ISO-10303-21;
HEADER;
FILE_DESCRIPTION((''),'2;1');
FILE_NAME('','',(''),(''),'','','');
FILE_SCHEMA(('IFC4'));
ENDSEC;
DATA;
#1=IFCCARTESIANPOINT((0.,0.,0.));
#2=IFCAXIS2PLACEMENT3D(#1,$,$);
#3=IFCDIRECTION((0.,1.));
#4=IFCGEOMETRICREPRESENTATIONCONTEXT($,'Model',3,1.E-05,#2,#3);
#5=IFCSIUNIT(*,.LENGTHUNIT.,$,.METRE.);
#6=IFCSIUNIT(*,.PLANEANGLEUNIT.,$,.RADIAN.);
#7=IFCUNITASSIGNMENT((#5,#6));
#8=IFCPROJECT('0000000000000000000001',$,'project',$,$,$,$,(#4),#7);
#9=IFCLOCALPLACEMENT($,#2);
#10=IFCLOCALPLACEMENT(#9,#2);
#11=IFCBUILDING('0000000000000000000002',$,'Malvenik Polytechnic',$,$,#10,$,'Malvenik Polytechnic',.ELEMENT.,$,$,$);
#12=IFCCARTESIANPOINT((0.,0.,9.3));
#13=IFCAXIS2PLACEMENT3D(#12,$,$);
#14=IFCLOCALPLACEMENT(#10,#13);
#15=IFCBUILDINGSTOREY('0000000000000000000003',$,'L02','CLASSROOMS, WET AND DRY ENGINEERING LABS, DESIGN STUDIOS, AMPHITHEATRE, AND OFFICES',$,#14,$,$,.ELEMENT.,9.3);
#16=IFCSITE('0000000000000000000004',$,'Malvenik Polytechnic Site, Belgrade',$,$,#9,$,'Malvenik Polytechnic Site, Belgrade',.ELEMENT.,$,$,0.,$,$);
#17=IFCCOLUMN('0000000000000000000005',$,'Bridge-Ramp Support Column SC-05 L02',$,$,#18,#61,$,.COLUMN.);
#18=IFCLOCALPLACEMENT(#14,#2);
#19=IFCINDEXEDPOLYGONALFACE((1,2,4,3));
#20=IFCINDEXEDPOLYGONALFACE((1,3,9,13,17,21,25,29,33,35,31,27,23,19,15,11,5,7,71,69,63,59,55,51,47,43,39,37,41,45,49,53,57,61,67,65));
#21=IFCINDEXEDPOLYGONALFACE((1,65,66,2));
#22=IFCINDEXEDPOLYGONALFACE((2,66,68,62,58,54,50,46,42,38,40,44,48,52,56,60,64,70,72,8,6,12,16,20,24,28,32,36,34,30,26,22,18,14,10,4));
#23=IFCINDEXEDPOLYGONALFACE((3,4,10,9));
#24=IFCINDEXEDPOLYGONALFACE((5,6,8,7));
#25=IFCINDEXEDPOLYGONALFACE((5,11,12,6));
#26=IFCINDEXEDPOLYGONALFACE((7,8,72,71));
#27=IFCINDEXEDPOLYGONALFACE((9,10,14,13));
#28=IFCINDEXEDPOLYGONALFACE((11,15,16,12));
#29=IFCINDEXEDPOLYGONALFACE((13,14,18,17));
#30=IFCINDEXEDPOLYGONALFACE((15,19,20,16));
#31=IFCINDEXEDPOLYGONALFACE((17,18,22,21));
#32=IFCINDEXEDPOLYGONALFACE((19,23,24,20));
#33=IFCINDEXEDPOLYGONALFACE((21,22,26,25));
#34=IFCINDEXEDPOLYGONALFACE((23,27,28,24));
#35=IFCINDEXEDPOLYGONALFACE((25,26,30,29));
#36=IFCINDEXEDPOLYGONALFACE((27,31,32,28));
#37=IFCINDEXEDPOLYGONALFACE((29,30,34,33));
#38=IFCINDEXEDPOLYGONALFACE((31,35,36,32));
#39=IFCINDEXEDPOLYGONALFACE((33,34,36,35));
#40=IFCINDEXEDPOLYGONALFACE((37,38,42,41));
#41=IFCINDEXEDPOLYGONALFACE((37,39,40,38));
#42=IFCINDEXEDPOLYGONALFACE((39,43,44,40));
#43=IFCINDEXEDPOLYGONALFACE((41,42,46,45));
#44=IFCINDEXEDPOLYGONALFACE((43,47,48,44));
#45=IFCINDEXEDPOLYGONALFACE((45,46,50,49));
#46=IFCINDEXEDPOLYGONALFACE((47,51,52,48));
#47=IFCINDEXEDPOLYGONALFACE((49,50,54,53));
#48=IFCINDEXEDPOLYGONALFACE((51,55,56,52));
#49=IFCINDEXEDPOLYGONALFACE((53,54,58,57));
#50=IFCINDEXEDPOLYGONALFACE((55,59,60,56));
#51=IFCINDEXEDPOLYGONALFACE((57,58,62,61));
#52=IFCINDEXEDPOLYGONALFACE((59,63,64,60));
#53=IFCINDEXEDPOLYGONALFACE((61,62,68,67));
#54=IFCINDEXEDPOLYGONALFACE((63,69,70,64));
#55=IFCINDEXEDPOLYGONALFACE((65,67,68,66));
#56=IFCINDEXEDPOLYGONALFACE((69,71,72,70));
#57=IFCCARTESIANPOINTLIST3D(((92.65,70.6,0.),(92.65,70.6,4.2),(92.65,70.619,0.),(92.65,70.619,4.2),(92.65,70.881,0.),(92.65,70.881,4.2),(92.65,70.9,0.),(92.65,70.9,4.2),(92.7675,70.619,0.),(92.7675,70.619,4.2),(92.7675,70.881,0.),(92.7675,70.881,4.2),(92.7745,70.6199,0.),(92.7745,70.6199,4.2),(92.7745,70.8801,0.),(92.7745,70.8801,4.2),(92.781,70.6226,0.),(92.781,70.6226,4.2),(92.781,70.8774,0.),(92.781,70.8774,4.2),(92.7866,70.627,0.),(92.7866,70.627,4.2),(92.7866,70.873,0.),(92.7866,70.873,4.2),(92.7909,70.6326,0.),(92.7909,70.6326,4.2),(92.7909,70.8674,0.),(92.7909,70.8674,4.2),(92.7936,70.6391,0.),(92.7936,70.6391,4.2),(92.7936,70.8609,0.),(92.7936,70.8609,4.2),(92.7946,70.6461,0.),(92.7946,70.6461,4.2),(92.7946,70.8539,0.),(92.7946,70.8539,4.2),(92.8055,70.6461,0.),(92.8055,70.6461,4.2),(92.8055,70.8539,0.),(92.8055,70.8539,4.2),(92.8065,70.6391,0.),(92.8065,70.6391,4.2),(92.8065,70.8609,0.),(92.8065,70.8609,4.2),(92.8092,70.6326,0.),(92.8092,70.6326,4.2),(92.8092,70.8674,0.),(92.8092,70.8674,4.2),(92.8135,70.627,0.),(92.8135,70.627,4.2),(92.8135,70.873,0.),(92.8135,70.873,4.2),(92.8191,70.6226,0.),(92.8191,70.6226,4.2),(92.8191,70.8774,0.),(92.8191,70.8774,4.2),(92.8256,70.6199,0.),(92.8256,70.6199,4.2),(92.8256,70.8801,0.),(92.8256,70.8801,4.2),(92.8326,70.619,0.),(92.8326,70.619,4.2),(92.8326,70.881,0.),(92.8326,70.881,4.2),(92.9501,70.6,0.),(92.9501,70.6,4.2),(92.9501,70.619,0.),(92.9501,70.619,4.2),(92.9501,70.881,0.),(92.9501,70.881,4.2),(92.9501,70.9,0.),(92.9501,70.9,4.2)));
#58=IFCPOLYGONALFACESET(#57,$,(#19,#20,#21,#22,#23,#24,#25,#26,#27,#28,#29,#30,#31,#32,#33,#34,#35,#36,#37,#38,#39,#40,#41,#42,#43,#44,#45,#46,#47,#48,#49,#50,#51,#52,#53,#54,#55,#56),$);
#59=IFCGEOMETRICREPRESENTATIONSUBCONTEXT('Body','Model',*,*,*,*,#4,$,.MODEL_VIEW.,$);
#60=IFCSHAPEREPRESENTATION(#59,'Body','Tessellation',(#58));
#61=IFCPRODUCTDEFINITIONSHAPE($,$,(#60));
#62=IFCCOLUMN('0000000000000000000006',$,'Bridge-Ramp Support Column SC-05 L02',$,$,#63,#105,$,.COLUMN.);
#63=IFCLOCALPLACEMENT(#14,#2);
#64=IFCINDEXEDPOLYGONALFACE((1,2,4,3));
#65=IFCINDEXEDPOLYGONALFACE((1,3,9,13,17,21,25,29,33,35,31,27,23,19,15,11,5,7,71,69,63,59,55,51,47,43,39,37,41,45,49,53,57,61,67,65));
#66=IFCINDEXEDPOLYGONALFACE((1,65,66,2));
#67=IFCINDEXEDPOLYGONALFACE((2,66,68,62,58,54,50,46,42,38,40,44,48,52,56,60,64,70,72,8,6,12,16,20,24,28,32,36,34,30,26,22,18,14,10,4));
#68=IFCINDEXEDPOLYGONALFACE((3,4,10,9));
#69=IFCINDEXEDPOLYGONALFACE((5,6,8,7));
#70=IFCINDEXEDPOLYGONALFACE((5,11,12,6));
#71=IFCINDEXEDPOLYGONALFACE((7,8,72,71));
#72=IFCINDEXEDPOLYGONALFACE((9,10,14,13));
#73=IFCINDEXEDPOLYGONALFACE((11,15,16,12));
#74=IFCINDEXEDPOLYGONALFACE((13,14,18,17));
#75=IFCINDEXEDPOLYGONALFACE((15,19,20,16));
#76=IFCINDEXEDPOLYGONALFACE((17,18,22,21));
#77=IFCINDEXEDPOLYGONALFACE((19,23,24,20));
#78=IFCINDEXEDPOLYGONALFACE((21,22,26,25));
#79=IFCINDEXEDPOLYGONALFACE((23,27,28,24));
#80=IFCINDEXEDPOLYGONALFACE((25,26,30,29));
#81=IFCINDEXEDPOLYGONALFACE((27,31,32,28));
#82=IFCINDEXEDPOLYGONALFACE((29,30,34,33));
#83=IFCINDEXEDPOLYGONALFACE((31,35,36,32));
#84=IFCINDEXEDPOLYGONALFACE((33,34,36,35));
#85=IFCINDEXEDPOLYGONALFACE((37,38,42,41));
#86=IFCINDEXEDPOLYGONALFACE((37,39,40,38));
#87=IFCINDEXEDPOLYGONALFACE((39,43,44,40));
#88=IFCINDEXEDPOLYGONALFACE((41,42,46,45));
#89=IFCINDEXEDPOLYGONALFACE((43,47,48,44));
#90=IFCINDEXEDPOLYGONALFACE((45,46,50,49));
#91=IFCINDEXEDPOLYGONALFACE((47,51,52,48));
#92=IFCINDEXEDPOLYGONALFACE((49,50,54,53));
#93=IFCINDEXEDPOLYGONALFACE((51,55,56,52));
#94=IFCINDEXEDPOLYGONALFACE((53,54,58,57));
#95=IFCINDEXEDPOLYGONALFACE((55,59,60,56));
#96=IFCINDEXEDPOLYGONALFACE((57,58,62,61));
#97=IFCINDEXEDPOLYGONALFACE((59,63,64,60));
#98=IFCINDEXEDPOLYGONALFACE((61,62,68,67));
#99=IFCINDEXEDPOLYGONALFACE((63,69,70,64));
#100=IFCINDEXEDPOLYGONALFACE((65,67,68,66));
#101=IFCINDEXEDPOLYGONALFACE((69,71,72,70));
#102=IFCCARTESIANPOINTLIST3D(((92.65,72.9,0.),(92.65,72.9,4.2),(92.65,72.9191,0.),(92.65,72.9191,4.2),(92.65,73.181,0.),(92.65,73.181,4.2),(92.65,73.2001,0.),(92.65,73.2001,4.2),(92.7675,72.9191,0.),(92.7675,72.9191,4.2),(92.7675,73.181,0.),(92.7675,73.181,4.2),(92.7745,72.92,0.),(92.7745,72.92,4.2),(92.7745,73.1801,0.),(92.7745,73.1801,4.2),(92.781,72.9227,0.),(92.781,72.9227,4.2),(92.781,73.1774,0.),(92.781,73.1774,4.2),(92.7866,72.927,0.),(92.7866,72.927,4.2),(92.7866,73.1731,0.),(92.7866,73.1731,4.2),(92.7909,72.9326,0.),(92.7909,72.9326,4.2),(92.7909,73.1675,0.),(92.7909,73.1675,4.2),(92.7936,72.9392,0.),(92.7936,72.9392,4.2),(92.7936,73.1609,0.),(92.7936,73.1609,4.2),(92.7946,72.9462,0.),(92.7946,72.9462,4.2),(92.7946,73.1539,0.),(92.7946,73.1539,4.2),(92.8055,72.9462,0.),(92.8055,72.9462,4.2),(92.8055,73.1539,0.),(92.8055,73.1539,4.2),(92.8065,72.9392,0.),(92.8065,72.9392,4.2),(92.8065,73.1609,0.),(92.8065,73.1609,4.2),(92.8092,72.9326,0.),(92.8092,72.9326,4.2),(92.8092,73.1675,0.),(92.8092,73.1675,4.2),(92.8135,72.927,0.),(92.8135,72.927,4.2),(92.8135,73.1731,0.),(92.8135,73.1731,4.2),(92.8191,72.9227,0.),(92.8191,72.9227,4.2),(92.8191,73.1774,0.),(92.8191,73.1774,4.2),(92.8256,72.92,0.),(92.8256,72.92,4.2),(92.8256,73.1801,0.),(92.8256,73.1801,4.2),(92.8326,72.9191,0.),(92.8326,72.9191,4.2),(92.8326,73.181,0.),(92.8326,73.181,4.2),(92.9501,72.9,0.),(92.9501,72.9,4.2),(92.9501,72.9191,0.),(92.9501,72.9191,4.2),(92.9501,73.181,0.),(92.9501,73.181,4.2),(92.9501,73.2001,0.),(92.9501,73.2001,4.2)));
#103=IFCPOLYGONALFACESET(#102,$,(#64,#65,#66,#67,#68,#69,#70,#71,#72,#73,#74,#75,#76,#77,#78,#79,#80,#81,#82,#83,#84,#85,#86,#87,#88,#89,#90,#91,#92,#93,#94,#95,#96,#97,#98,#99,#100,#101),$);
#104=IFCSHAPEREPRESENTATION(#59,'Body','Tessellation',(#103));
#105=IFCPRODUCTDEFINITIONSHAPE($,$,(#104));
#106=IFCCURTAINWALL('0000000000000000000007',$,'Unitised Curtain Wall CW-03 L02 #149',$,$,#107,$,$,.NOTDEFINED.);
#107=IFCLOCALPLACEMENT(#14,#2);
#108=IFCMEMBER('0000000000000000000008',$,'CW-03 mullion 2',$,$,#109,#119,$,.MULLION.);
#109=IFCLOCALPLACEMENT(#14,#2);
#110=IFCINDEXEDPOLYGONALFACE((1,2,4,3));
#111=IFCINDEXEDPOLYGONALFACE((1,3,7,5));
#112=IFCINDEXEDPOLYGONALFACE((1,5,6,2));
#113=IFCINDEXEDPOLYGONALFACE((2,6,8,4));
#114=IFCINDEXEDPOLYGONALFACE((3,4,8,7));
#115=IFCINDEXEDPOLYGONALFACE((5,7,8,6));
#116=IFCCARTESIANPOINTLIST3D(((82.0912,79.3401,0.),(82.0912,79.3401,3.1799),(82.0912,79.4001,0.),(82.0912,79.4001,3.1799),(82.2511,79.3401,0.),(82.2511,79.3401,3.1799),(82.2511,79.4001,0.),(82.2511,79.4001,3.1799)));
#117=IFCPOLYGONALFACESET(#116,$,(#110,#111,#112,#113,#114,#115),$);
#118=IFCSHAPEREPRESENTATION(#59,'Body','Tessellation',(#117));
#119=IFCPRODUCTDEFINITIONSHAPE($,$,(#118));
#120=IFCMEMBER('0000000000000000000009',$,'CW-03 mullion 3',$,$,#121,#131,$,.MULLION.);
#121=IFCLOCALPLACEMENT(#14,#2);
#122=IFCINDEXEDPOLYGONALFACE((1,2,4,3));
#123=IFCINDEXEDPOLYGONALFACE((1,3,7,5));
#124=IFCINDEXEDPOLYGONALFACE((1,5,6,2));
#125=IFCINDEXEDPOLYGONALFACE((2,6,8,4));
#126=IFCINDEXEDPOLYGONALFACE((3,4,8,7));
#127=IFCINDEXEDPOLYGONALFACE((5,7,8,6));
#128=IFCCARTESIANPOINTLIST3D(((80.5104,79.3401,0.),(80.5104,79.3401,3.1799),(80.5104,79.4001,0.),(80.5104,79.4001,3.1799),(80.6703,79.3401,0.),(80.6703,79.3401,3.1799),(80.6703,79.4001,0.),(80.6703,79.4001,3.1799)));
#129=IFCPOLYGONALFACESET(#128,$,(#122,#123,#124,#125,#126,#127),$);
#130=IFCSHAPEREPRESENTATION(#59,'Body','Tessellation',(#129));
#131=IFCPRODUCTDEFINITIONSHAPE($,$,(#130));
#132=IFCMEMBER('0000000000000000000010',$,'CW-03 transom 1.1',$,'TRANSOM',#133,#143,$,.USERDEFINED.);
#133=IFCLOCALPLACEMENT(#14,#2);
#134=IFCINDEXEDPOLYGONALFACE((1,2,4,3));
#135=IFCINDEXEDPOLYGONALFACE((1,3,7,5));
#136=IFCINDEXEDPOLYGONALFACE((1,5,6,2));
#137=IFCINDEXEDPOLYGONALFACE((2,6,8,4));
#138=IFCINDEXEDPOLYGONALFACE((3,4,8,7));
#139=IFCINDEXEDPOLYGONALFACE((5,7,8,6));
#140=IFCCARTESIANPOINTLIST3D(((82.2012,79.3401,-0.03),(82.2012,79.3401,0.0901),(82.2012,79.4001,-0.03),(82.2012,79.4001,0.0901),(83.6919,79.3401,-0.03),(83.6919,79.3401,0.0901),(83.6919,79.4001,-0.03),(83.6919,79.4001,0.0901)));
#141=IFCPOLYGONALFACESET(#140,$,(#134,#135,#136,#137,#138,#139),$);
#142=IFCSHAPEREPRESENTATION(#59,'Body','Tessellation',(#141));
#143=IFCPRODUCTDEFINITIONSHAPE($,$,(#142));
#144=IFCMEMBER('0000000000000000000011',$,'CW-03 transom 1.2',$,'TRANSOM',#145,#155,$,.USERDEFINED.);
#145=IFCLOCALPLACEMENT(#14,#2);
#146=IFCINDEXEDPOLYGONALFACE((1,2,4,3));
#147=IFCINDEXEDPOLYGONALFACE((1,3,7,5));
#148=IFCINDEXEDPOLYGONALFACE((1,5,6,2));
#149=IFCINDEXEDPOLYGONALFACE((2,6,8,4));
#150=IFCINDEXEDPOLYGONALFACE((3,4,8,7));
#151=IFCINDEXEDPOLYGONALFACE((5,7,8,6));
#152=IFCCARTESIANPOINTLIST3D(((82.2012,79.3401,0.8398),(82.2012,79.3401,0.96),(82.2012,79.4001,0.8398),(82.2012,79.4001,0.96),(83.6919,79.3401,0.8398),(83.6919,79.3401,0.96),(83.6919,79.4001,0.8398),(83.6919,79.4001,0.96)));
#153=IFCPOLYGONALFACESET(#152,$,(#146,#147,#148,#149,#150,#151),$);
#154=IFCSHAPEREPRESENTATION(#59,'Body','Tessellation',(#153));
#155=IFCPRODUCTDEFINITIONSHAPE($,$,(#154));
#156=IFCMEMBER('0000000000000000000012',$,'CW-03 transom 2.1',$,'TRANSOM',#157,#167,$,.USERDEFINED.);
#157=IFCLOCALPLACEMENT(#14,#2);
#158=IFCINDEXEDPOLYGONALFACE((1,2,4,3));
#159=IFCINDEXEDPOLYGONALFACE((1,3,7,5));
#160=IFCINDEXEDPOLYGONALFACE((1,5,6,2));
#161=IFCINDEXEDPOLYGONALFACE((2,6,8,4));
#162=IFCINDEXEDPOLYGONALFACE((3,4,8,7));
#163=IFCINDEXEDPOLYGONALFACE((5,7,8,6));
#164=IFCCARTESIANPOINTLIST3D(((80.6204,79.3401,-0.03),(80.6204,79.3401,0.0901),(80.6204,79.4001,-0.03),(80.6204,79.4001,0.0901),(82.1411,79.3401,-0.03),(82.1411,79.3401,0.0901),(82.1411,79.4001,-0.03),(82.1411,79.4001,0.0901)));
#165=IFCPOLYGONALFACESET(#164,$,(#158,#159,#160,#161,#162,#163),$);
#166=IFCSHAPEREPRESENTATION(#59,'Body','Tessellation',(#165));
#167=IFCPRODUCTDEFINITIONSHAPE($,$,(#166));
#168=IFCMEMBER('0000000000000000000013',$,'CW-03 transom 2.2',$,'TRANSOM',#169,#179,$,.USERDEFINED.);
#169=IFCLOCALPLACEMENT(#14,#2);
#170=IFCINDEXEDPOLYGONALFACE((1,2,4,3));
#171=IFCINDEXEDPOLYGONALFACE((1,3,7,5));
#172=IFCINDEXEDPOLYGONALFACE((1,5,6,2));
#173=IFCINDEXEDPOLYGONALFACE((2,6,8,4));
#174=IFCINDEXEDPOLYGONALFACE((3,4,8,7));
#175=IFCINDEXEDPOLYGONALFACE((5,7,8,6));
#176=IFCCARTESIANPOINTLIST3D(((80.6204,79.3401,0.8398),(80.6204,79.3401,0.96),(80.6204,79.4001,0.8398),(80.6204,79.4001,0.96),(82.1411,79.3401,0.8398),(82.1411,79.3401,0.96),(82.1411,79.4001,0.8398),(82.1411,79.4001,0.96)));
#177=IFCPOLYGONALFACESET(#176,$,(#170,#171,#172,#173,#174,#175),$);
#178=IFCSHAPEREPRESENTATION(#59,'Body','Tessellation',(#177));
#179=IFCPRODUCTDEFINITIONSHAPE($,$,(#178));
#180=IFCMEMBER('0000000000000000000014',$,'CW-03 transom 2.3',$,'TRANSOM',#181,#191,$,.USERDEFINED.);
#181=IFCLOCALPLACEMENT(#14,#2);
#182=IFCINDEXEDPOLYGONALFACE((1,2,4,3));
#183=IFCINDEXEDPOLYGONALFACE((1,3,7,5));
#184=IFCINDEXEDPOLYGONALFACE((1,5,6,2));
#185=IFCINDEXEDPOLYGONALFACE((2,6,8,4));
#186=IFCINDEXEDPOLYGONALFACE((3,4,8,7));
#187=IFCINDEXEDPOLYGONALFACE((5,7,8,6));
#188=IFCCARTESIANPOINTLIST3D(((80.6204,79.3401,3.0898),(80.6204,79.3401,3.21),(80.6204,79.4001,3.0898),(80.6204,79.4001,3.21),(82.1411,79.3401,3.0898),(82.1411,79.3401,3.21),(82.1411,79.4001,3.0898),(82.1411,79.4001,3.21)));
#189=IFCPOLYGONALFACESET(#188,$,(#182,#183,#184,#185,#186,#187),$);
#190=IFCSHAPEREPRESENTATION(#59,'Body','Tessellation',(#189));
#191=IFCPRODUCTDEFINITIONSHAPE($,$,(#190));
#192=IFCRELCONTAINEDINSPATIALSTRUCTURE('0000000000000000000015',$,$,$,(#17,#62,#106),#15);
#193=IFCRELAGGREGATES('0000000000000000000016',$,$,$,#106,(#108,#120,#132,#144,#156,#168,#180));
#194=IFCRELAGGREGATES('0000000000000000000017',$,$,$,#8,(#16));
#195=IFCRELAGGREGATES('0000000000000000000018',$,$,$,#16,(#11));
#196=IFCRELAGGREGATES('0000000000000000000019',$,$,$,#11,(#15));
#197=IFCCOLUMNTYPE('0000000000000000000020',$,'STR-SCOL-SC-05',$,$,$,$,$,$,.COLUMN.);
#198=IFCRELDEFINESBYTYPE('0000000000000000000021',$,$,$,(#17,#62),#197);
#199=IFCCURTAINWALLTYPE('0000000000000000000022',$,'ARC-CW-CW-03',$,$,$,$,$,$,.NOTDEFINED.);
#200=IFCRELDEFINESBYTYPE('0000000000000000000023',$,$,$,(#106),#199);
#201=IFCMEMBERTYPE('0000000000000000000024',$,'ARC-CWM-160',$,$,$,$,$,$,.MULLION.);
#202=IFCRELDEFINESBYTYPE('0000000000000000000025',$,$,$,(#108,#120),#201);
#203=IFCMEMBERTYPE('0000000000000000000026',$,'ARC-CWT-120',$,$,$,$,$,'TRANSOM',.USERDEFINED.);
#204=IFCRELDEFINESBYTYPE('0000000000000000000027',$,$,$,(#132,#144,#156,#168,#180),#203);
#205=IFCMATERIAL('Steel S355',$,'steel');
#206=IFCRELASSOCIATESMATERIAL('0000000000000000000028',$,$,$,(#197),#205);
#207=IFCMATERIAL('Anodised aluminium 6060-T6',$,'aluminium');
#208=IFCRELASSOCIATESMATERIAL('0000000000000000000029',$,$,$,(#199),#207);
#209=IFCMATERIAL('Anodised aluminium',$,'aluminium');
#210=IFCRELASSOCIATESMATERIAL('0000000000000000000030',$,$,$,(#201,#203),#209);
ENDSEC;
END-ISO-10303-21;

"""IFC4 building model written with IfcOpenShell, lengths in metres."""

from ifc_helpers import new_model, si_unit, direction, frame, origin, origin_2d, place, context, subcontext, project, spatial, rectangle, i_section, extrude, material, material_profile, profile_set, type_object, element, aggregate, save


model = new_model("IFC4")

# Units and contexts
model_context = context("Model", 3, precision=1e-05, world=origin(), true_north=direction((0.0, 1.0)))
body_context = subcontext(model_context, "Body", "Model", "MODEL_VIEW")
ifc_project = project(units=[si_unit("LENGTHUNIT", "METRE"), si_unit("PLANEANGLEUNIT", "RADIAN")], contexts=[model_context])

# Site, building, storey
site_placement = place(None, origin())
site = spatial("IfcSite", under=ifc_project, at=site_placement, Name="Malvenik Polytechnic Site, Belgrade", LongName="Malvenik Polytechnic Site, Belgrade", CompositionType="ELEMENT", RefElevation=0.0)
building_placement = place(site_placement, origin())
building = spatial("IfcBuilding", under=site, at=building_placement, Name="Malvenik Polytechnic", LongName="Malvenik Polytechnic", CompositionType="ELEMENT")
storey_placement = place(building_placement, frame((0.0, 0.0, 9.3)))
storey = spatial("IfcBuildingStorey", under=building, at=storey_placement, Name="L02", Description="CLASSROOMS, WET AND DRY ENGINEERING LABS, DESIGN STUDIOS, AMPHITHEATRE, AND OFFICES", CompositionType="ELEMENT", Elevation=9.3)

# Columns
ifc_material_1 = material(Name="Steel S355", Category="steel")
ifc_material_profile_1 = material_profile(ifc_material_1, i_section(OverallWidth=0.3, OverallDepth=0.3, WebThickness=0.011, FlangeThickness=0.019, FilletRadius=0.0271, at=origin_2d()), Name="HEB 300")
ifc_profile_set_1 = profile_set([ifc_material_profile_1], Name="Steel S355")
column_type_1 = type_object("IfcColumnType", Name="STR-SCOL-SC-05", PredefinedType="COLUMN", material=ifc_profile_set_1)
for number, where, z_axis, x_axis, name in (
    (1, (92.8, 70.75, 0.0), (0.0, 0.0, 1.0), (1.0, 0.0, 0.0), "Bridge-Ramp Support Column SC-05 L02"),
    (2, (92.8, 73.05, 0.0), (0.0, 0.0, 1.0), (1.0, 0.0, 0.0), "Bridge-Ramp Support Column SC-05 L02"),
):
    element("IfcColumn", number, at=place(storey_placement, frame(where, z_axis=z_axis, x_axis=x_axis)), inside=storey, type_object=column_type_1, Name=name, PredefinedType="COLUMN", context=body_context, shape_type="SweptSolid", body=[
        extrude(i_section(OverallWidth=0.3, OverallDepth=0.3, WebThickness=0.011, FlangeThickness=0.019, FilletRadius=0.0271, at=origin_2d()), origin(), (0.0, 0.0, 1.0), 4.2),
    ])

# Curtain wall, members
ifc_material_2 = material(Name="Anodised aluminium 6060-T6", Category="aluminium")
curtain_wall_type = type_object("IfcCurtainWallType", Name="ARC-CW-CW-03", PredefinedType="NOTDEFINED", material=ifc_material_2)
curtain_wall_placement = place(storey_placement, origin())
curtain_wall = element("IfcCurtainWall", 3, at=curtain_wall_placement, inside=storey, type_object=curtain_wall_type, Name="Unitised Curtain Wall CW-03 L02 #149", PredefinedType="NOTDEFINED")
ifc_material_3 = material(Name="Anodised aluminium", Category="aluminium")
ifc_material_profile_2 = material_profile(ifc_material_3, rectangle(XDim=0.0601, YDim=0.1599, at=origin_2d()), Name="ALU MULLION 60x160")
ifc_profile_set_2 = profile_set([ifc_material_profile_2], Name="Anodised aluminium")
member_type_1 = type_object("IfcMemberType", Name="ARC-CWM-160", PredefinedType="MULLION", material=ifc_profile_set_2)
member_1_placement = place(storey_placement, frame((82.1711, 79.3701, 0.0), z_axis=(0.0, 0.0, 1.0), x_axis=(0.0, -1.0, 0.0)))
member_1 = element("IfcMember", 4, at=member_1_placement, type_object=member_type_1, Name="CW-03 mullion 2", PredefinedType="MULLION", context=body_context, shape_type="SweptSolid", body=[
    extrude(rectangle(XDim=0.0601, YDim=0.1599, at=origin_2d()), origin(), (0.0, 0.0, 1.0), 3.1799),
])
member_2_placement = place(storey_placement, frame((80.5903, 79.3701, 0.0), z_axis=(0.0, 0.0, 1.0), x_axis=(0.0, -1.0, 0.0)))
member_2 = element("IfcMember", 5, at=member_2_placement, type_object=member_type_1, Name="CW-03 mullion 3", PredefinedType="MULLION", context=body_context, shape_type="SweptSolid", body=[
    extrude(rectangle(XDim=0.0601, YDim=0.1599, at=origin_2d()), origin(), (0.0, 0.0, 1.0), 3.1799),
])
ifc_material_profile_3 = material_profile(ifc_material_3, rectangle(XDim=0.0601, YDim=0.1201, at=origin_2d()), Name="ALU TRANSOM 60x120")
ifc_profile_set_3 = profile_set([ifc_material_profile_3], Name="Anodised aluminium")
member_type_2 = type_object("IfcMemberType", Name="ARC-CWT-120", ElementType="TRANSOM", PredefinedType="USERDEFINED", material=ifc_profile_set_3)
member_3_placement = place(storey_placement, frame((83.6919, 79.3701, 0.03), z_axis=(-1.0, 0.0, 0.0), x_axis=(0.0, -1.0, 0.0)))
member_3 = element("IfcMember", 6, at=member_3_placement, type_object=member_type_2, Name="CW-03 transom 1.1", ObjectType="TRANSOM", PredefinedType="USERDEFINED", context=body_context, shape_type="SweptSolid", body=[
    extrude(rectangle(XDim=0.0601, YDim=0.1201, at=origin_2d()), origin(), (0.0, 0.0, 1.0), 1.4907),
])
member_4_placement = place(storey_placement, frame((83.6919, 79.3701, 0.8999), z_axis=(-1.0, 0.0, 0.0), x_axis=(0.0, -1.0, 0.0)))
member_4 = element("IfcMember", 7, at=member_4_placement, type_object=member_type_2, Name="CW-03 transom 1.2", ObjectType="TRANSOM", PredefinedType="USERDEFINED", context=body_context, shape_type="SweptSolid", body=[
    extrude(rectangle(XDim=0.0601, YDim=0.1201, at=origin_2d()), origin(), (0.0, 0.0, 1.0), 1.4907),
])
member_5_placement = place(storey_placement, frame((82.1411, 79.3701, 0.03), z_axis=(-1.0, 0.0, 0.0), x_axis=(0.0, -1.0, 0.0)))
member_5 = element("IfcMember", 8, at=member_5_placement, type_object=member_type_2, Name="CW-03 transom 2.1", ObjectType="TRANSOM", PredefinedType="USERDEFINED", context=body_context, shape_type="SweptSolid", body=[
    extrude(rectangle(XDim=0.0601, YDim=0.1201, at=origin_2d()), origin(), (0.0, 0.0, 1.0), 1.5208),
])
member_6_placement = place(storey_placement, frame((82.1411, 79.3701, 0.8999), z_axis=(-1.0, 0.0, 0.0), x_axis=(0.0, -1.0, 0.0)))
member_6 = element("IfcMember", 9, at=member_6_placement, type_object=member_type_2, Name="CW-03 transom 2.2", ObjectType="TRANSOM", PredefinedType="USERDEFINED", context=body_context, shape_type="SweptSolid", body=[
    extrude(rectangle(XDim=0.0601, YDim=0.1201, at=origin_2d()), origin(), (0.0, 0.0, 1.0), 1.5208),
])
member_7_placement = place(storey_placement, frame((82.1411, 79.3701, 3.1499), z_axis=(-1.0, 0.0, 0.0), x_axis=(0.0, -1.0, 0.0)))
member_7 = element("IfcMember", 10, at=member_7_placement, type_object=member_type_2, Name="CW-03 transom 2.3", ObjectType="TRANSOM", PredefinedType="USERDEFINED", context=body_context, shape_type="SweptSolid", body=[
    extrude(rectangle(XDim=0.0601, YDim=0.1201, at=origin_2d()), origin(), (0.0, 0.0, 1.0), 1.5208),
])

aggregate(curtain_wall, [member_1, member_2, member_3, member_4, member_5, member_6, member_7])

save(model, "model.ifc")
